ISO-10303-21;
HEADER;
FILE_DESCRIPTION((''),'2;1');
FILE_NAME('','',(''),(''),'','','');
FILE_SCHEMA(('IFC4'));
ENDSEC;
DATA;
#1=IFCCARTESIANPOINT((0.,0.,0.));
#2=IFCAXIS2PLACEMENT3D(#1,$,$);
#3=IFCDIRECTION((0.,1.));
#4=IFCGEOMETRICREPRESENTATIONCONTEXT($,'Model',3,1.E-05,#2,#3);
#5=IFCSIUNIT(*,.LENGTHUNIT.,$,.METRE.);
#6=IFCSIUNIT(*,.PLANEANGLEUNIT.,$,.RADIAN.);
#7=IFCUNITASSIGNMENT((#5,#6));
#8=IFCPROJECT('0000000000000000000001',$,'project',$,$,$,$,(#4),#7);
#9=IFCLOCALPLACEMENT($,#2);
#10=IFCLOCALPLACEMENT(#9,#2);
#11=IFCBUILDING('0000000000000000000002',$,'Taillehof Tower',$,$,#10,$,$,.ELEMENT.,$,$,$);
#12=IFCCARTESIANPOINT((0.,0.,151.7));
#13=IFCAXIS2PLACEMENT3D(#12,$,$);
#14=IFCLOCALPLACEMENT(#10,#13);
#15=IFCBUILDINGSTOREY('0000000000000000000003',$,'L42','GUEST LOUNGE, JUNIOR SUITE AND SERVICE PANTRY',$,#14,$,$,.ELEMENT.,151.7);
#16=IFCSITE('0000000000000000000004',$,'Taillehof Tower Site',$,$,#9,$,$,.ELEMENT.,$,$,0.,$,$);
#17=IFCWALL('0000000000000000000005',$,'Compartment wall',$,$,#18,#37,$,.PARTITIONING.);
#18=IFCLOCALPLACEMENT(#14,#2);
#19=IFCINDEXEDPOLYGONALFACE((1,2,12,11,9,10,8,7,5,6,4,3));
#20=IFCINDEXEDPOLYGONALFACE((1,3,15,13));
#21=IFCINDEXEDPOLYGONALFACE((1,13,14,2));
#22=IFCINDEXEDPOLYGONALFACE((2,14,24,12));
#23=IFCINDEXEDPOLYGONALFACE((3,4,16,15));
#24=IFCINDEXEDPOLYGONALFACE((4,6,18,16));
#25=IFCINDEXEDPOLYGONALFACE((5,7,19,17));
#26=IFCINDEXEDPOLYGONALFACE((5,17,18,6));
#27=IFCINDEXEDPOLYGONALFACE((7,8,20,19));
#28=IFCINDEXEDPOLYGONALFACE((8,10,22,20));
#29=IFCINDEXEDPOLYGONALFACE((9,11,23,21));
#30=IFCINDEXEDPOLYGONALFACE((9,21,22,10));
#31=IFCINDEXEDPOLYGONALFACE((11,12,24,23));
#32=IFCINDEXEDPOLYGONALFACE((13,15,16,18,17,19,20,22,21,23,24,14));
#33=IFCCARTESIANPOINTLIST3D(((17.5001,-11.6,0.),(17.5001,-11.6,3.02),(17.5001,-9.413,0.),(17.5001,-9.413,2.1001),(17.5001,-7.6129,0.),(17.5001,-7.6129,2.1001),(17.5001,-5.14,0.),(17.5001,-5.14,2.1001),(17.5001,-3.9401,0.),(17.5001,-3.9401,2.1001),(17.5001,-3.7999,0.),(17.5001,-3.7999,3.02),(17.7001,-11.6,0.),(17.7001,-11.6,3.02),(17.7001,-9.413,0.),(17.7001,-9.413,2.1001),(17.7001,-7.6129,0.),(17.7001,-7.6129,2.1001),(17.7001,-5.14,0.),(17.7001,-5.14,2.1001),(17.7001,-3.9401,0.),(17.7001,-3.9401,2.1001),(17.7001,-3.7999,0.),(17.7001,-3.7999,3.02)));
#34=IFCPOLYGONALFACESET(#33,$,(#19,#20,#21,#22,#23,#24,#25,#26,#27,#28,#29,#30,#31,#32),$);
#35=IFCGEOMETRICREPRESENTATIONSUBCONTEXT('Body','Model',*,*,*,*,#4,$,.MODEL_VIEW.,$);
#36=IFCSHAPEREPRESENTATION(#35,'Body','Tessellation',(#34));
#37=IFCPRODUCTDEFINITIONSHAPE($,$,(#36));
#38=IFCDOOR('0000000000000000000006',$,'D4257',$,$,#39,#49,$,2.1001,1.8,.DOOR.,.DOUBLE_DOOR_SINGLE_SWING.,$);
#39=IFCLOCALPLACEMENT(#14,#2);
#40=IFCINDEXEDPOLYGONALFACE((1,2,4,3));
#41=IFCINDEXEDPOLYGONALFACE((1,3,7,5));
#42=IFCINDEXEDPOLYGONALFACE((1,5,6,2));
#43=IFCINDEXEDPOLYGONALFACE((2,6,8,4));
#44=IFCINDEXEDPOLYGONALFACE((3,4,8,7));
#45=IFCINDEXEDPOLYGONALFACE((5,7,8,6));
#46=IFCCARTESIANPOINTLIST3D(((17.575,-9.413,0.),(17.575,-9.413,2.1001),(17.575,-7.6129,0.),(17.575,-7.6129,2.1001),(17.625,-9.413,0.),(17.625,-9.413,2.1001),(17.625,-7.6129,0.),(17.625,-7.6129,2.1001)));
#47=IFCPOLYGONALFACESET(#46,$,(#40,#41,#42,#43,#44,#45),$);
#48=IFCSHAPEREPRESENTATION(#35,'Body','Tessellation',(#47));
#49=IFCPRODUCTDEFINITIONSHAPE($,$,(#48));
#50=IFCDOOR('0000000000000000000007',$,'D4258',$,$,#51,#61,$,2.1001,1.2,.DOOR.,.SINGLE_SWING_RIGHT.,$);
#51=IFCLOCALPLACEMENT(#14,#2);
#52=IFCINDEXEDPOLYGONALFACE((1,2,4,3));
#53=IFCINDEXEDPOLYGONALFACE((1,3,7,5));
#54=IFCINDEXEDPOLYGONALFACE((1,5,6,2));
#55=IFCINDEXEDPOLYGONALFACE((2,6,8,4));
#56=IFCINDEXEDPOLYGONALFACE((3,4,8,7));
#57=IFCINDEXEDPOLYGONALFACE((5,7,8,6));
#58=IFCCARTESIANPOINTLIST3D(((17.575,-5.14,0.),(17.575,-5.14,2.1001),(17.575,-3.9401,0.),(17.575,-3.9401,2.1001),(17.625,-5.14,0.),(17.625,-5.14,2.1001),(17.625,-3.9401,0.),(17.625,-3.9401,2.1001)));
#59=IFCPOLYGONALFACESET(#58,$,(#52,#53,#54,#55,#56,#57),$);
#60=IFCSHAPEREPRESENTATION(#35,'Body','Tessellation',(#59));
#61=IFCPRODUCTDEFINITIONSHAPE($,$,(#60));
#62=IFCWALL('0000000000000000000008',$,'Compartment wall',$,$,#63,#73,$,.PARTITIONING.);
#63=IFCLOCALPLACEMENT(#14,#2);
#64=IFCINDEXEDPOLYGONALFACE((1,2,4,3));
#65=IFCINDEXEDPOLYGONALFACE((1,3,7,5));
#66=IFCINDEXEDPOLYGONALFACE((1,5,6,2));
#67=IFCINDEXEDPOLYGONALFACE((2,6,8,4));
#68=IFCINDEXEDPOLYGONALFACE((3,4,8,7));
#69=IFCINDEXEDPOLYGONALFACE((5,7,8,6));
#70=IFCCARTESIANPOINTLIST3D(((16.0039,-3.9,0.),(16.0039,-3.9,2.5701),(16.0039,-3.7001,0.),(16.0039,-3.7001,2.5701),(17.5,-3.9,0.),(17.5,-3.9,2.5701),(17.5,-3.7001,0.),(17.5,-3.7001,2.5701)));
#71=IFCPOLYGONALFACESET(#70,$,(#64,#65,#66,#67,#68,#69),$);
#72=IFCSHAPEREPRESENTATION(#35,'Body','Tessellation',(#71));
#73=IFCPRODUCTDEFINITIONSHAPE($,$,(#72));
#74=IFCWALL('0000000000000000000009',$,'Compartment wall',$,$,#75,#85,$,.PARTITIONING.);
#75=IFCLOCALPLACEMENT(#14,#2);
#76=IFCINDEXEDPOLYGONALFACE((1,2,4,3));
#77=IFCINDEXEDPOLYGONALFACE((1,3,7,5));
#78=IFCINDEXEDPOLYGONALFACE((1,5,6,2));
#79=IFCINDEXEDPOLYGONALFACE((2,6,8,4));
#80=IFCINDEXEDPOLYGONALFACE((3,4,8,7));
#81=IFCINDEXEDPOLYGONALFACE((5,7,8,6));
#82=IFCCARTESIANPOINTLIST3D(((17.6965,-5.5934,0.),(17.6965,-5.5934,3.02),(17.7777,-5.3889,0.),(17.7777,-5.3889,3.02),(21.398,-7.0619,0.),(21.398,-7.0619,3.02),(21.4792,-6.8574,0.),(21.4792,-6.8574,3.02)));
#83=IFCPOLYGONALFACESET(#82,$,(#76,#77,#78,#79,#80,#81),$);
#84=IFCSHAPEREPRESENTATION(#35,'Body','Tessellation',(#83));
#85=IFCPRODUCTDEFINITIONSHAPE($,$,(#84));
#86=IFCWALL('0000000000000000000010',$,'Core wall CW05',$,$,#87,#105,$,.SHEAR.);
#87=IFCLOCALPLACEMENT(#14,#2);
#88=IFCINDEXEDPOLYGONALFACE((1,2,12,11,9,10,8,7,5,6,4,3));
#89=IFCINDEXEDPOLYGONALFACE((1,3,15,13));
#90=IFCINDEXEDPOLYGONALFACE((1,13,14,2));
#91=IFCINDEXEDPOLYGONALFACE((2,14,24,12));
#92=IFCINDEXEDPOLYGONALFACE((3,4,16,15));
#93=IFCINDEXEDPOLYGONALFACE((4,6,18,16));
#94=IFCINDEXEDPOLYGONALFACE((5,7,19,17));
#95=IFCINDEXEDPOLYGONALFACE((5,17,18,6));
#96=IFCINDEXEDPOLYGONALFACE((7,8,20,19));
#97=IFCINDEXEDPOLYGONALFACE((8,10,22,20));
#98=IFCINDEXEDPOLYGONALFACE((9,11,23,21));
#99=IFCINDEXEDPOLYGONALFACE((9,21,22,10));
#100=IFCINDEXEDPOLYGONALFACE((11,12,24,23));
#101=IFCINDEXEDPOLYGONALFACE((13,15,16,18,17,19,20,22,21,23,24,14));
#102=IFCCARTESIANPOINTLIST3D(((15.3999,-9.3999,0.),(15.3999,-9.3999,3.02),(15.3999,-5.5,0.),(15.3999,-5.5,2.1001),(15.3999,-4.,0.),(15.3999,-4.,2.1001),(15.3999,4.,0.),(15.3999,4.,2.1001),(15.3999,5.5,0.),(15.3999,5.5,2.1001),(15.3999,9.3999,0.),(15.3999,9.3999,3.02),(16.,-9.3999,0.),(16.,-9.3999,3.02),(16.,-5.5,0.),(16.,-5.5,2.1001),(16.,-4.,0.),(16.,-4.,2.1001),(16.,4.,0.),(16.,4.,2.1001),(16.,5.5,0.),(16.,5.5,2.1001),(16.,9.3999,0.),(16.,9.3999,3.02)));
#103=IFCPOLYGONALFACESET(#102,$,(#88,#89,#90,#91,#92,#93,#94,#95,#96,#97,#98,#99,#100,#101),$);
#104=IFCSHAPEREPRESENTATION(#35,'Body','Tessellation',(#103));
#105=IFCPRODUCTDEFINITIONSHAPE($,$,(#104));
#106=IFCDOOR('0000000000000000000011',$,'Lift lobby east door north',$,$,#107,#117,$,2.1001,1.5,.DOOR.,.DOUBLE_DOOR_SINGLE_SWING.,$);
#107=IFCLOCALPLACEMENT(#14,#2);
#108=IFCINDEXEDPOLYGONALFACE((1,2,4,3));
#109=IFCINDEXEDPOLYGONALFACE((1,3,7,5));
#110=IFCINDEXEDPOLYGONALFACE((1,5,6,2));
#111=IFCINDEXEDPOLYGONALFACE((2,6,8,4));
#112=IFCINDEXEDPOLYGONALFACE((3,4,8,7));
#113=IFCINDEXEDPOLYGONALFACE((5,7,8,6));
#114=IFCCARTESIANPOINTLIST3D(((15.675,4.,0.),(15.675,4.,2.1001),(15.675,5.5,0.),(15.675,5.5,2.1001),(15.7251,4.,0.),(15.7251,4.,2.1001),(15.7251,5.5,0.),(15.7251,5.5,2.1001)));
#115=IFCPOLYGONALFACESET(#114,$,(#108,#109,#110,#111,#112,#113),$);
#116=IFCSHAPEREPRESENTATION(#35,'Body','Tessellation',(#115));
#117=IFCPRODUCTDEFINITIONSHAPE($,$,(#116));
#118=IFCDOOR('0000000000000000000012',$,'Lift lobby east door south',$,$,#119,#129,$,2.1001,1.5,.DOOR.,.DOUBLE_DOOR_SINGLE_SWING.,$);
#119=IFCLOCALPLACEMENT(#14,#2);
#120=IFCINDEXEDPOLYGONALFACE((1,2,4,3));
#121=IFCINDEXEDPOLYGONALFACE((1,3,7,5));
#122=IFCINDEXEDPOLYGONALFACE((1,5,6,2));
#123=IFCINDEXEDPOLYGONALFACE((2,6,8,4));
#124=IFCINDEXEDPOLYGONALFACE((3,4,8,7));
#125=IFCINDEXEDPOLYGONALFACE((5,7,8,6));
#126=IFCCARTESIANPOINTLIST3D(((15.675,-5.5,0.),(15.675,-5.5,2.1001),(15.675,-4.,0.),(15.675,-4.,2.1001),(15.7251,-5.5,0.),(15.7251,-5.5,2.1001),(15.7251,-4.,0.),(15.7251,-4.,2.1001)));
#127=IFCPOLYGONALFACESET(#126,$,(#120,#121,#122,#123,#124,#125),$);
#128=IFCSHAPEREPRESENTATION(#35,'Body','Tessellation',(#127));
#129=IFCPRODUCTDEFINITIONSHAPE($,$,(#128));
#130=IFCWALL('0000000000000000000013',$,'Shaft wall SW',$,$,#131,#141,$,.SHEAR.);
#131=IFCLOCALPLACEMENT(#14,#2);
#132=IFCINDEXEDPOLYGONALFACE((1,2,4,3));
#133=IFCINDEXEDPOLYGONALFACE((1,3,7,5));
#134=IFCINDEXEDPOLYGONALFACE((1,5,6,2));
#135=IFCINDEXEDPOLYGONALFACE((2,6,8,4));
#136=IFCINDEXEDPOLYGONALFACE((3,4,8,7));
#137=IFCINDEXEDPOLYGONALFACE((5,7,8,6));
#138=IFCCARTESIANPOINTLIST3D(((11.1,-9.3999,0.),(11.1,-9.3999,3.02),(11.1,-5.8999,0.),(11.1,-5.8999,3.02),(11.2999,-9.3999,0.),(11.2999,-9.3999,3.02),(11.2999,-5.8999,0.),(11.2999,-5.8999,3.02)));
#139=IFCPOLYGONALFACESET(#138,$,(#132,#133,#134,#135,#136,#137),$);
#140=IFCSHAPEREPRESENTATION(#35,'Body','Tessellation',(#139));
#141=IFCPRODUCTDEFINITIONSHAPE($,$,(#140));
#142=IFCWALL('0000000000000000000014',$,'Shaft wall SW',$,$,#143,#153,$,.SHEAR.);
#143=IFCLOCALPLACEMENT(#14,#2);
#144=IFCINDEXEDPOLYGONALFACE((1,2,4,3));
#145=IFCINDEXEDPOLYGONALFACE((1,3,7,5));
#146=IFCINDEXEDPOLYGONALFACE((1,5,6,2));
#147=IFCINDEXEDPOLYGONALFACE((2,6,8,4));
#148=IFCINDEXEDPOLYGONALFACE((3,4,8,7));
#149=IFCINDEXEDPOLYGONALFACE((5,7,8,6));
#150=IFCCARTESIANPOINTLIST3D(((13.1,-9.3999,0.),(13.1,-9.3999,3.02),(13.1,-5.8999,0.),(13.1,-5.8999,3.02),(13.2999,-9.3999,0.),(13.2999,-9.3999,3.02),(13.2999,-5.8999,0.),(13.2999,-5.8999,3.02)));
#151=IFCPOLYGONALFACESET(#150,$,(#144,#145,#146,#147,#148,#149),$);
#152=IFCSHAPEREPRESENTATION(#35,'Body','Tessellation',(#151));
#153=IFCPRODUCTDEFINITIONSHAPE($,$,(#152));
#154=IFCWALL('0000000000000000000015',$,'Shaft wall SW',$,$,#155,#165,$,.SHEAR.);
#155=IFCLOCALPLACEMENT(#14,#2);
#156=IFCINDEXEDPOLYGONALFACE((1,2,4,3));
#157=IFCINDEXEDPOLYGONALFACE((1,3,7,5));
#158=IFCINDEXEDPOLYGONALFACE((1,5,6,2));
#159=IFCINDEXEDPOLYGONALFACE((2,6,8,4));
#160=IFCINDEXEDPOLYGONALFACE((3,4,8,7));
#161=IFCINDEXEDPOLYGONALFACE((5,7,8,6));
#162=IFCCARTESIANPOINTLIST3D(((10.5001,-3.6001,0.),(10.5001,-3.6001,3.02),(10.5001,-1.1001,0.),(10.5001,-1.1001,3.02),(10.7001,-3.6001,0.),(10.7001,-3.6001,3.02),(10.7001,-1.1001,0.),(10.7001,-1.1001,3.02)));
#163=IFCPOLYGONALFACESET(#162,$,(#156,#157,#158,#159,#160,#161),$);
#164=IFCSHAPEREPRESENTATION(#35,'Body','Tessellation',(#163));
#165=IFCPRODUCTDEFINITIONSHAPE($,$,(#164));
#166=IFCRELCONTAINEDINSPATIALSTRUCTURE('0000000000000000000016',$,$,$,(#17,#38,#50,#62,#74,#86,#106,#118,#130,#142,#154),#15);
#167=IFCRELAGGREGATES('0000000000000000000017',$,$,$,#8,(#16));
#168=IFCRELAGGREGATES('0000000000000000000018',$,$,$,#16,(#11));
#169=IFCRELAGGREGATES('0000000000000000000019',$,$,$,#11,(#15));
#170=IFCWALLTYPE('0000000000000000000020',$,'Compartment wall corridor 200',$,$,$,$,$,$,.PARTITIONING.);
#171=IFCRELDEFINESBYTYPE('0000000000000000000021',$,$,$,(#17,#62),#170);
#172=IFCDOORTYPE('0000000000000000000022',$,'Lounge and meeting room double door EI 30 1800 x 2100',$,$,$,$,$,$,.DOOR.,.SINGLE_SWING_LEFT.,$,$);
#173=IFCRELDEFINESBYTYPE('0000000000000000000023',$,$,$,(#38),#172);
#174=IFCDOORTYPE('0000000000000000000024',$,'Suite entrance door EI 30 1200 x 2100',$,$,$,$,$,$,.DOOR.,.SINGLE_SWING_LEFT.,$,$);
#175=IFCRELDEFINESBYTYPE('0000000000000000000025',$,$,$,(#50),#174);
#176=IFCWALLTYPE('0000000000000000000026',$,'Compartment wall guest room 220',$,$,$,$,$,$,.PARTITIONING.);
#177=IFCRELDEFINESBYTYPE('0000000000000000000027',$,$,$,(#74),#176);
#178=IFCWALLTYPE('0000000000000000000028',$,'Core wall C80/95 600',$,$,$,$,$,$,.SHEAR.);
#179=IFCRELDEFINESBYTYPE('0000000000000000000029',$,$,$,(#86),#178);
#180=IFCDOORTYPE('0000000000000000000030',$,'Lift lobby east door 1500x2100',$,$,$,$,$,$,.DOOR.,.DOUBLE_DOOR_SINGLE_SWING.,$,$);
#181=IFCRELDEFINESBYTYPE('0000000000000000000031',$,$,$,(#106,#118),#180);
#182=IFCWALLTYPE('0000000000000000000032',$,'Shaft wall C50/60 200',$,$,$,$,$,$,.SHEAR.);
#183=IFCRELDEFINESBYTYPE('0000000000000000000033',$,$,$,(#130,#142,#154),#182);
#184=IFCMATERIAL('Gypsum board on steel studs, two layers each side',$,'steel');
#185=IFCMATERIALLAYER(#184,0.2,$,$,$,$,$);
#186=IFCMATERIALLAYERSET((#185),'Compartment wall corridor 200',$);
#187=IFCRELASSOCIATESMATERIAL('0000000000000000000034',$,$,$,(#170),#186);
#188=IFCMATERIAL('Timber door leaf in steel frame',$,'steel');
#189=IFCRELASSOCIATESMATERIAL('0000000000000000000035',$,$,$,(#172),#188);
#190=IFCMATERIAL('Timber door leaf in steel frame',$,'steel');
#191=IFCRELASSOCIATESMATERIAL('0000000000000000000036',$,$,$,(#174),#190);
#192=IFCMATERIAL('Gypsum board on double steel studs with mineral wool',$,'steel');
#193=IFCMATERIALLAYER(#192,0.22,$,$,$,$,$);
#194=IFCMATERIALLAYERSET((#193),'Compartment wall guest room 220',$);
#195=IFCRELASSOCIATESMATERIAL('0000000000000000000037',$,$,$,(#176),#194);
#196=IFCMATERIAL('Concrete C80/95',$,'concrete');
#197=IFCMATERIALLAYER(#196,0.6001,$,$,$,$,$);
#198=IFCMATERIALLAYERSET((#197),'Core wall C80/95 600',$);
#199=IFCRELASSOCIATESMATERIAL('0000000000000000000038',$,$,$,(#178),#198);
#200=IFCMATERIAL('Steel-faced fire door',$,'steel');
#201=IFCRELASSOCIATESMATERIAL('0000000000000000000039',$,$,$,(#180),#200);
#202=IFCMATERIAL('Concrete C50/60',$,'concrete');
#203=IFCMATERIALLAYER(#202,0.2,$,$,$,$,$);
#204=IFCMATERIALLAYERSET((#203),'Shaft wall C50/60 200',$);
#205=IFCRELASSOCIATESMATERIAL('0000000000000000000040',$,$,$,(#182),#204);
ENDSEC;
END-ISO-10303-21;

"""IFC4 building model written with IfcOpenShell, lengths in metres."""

from ifc_helpers import new_model, si_unit, direction, frame, frame_2d, origin, place, context, subcontext, project, spatial, rectangle, extrude, material, layer, layer_set, type_object, element, fill, save


model = new_model("IFC4")

# Units and contexts
model_context = context("Model", 3, precision=1e-05, world=origin(), true_north=direction((0.0, 1.0)))
body_context = subcontext(model_context, "Body", "Model", "MODEL_VIEW")
ifc_project = project(units=[si_unit("LENGTHUNIT", "METRE"), si_unit("PLANEANGLEUNIT", "RADIAN")], contexts=[model_context])

# Site, building, storey
site_placement = place(None, origin())
site = spatial("IfcSite", under=ifc_project, at=site_placement, Name="Taillehof Tower Site", CompositionType="ELEMENT", RefElevation=0.0)
building_placement = place(site_placement, origin())
building = spatial("IfcBuilding", under=site, at=building_placement, Name="Taillehof Tower", CompositionType="ELEMENT")
storey_placement = place(building_placement, frame((0.0, 0.0, 151.7)))
storey = spatial("IfcBuildingStorey", under=building, at=storey_placement, Name="L42", Description="GUEST LOUNGE, JUNIOR SUITE AND SERVICE PANTRY", CompositionType="ELEMENT", Elevation=151.7)

# Wall, openings, doors
ifc_material_1 = material(Name="Gypsum board on steel studs, two layers each side", Category="steel")
ifc_layer_1 = layer(ifc_material_1, 0.2)
ifc_layer_set_1 = layer_set([ifc_layer_1], Name="Compartment wall corridor 200")
wall_type_1 = type_object("IfcWallType", Name="Compartment wall corridor 200", PredefinedType="PARTITIONING", material=ifc_layer_set_1)
wall_1_placement = place(storey_placement, frame((17.6001, -3.8, 0.0), z_axis=(0.0, 0.0, 1.0), x_axis=(0.0, -1.0, 0.0)))
wall_1 = element("IfcWall", 1, at=wall_1_placement, inside=storey, type_object=wall_type_1, Name="Compartment wall", PredefinedType="PARTITIONING", context=body_context, shape_type="SweptSolid", body=[
    extrude(rectangle(XDim=7.8, YDim=0.2, at=frame_2d((3.8999, 0.0))), origin(), (0.0, 0.0, 1.0), 3.02),
])
opening_1_placement = place(wall_1_placement, frame((3.813, 0.0, 0.0)))
opening_1 = element("IfcOpeningElement", 2, at=opening_1_placement, cuts=wall_1, PredefinedType="OPENING", context=body_context, shape_type="SweptSolid", body=[
    extrude(rectangle(XDim=1.8, YDim=2.1001, at=frame_2d((0.8999, 1.05))), frame((0.0, 0.1099, 0.0), z_axis=(0.0, -1.0, 0.0), x_axis=(1.0, 0.0, 0.0)), (0.0, 0.0, 1.0), 0.22),
])
opening_2_placement = place(wall_1_placement, frame((0.1399, 0.0, 0.0)))
opening_2 = element("IfcOpeningElement", 3, at=opening_2_placement, cuts=wall_1, PredefinedType="OPENING", context=body_context, shape_type="SweptSolid", body=[
    extrude(rectangle(XDim=1.2, YDim=2.1001, at=frame_2d((0.6001, 1.05))), frame((0.0, 0.1099, 0.0), z_axis=(0.0, -1.0, 0.0), x_axis=(1.0, 0.0, 0.0)), (0.0, 0.0, 1.0), 0.22),
])
ifc_material_2 = material(Name="Timber door leaf in steel frame", Category="steel")
door_type_1 = type_object("IfcDoorType", Name="Lounge and meeting room double door EI 30 1800 x 2100", OperationType="SINGLE_SWING_LEFT", PredefinedType="DOOR", material=ifc_material_2)
door_1_placement = place(opening_1_placement, origin())
door_1 = element("IfcDoor", 4, at=door_1_placement, inside=storey, type_object=door_type_1, Name="D4257", OperationType="DOUBLE_DOOR_SINGLE_SWING", OverallHeight=2.1001, OverallWidth=1.8, PredefinedType="DOOR", context=body_context, shape_type="SweptSolid", body=[
    extrude(rectangle(XDim=1.8, YDim=2.1001, at=frame_2d((0.8999, 1.05))), frame((0.0, 0.0249, 0.0), z_axis=(0.0, -1.0, 0.0), x_axis=(1.0, 0.0, 0.0)), (0.0, 0.0, 1.0), 0.05),
])
fill(opening_1, door_1)
ifc_material_3 = material(Name="Timber door leaf in steel frame", Category="steel")
door_type_2 = type_object("IfcDoorType", Name="Suite entrance door EI 30 1200 x 2100", OperationType="SINGLE_SWING_LEFT", PredefinedType="DOOR", material=ifc_material_3)
door_2_placement = place(opening_2_placement, origin())
door_2 = element("IfcDoor", 5, at=door_2_placement, inside=storey, type_object=door_type_2, Name="D4258", OperationType="SINGLE_SWING_RIGHT", OverallHeight=2.1001, OverallWidth=1.2, PredefinedType="DOOR", context=body_context, shape_type="SweptSolid", body=[
    extrude(rectangle(XDim=1.2, YDim=2.1001, at=frame_2d((0.6001, 1.05))), frame((0.0, 0.0249, 0.0), z_axis=(0.0, -1.0, 0.0), x_axis=(1.0, 0.0, 0.0)), (0.0, 0.0, 1.0), 0.05),
])
fill(opening_2, door_2)

# Walls
wall_2_placement = place(storey_placement, frame((16.0039, -3.8, 0.0), z_axis=(0.0, 0.0, 1.0), x_axis=(1.0, 0.0, 0.0)))
element("IfcWall", 6, at=wall_2_placement, inside=storey, type_object=wall_type_1, Name="Compartment wall", PredefinedType="PARTITIONING", context=body_context, shape_type="SweptSolid", body=[
    extrude(rectangle(XDim=1.4961, YDim=0.2, at=frame_2d((0.748, 0.0))), origin(), (0.0, 0.0, 1.0), 2.5701),
])
ifc_material_4 = material(Name="Gypsum board on double steel studs with mineral wool", Category="steel")
ifc_layer_2 = layer(ifc_material_4, 0.22)
ifc_layer_set_2 = layer_set([ifc_layer_2], Name="Compartment wall guest room 220")
wall_type_2 = type_object("IfcWallType", Name="Compartment wall guest room 220", PredefinedType="PARTITIONING", material=ifc_layer_set_2)
wall_3_placement = place(storey_placement, frame((21.4387, -6.9597, 0.0), z_axis=(0.0, 0.0, 1.0), x_axis=(-0.929517, 0.368778, 0.0)))
element("IfcWall", 7, at=wall_3_placement, inside=storey, type_object=wall_type_2, Name="Compartment wall", PredefinedType="PARTITIONING", context=body_context, shape_type="SweptSolid", body=[
    extrude(rectangle(XDim=3.9822, YDim=0.22, at=frame_2d((1.9912, 0.0))), origin(), (0.0, 0.0, 1.0), 3.02),
])

# Wall, openings, doors
ifc_material_5 = material(Name="Concrete C80/95", Category="concrete")
ifc_layer_3 = layer(ifc_material_5, 0.6001)
ifc_layer_set_3 = layer_set([ifc_layer_3], Name="Core wall C80/95 600")
wall_type_3 = type_object("IfcWallType", Name="Core wall C80/95 600", PredefinedType="SHEAR", material=ifc_layer_set_3)
wall_4_placement = place(storey_placement, frame((15.7, -9.3999, 0.0), z_axis=(0.0, 0.0, 1.0), x_axis=(0.0, 1.0, 0.0)))
wall_4 = element("IfcWall", 8, at=wall_4_placement, inside=storey, type_object=wall_type_3, Name="Core wall CW05", PredefinedType="SHEAR", context=body_context, shape_type="SweptSolid", body=[
    extrude(rectangle(XDim=18.7998, YDim=0.6001, at=frame_2d((9.3999, 0.0))), origin(), (0.0, 0.0, 1.0), 3.02),
])
opening_3_placement = place(wall_4_placement, frame((13.3999, 0.0, 0.0)))
opening_3 = element("IfcOpeningElement", 9, at=opening_3_placement, cuts=wall_4, PredefinedType="OPENING", context=body_context, shape_type="SweptSolid", body=[
    extrude(rectangle(XDim=1.5, YDim=2.1001, at=frame_2d((0.75, 1.05))), frame((0.0, 0.3101, 0.0), z_axis=(0.0, -1.0, 0.0), x_axis=(1.0, 0.0, 0.0)), (0.0, 0.0, 1.0), 0.6201),
])
opening_4_placement = place(wall_4_placement, frame((3.8999, 0.0, 0.0)))
opening_4 = element("IfcOpeningElement", 10, at=opening_4_placement, cuts=wall_4, PredefinedType="OPENING", context=body_context, shape_type="SweptSolid", body=[
    extrude(rectangle(XDim=1.5, YDim=2.1001, at=frame_2d((0.75, 1.05))), frame((0.0, 0.3101, 0.0), z_axis=(0.0, -1.0, 0.0), x_axis=(1.0, 0.0, 0.0)), (0.0, 0.0, 1.0), 0.6201),
])
ifc_material_6 = material(Name="Steel-faced fire door", Category="steel")
door_type_3 = type_object("IfcDoorType", Name="Lift lobby east door 1500x2100", OperationType="DOUBLE_DOOR_SINGLE_SWING", PredefinedType="DOOR", material=ifc_material_6)
door_3_placement = place(opening_3_placement, origin())
door_3 = element("IfcDoor", 11, at=door_3_placement, inside=storey, type_object=door_type_3, Name="Lift lobby east door north", OperationType="DOUBLE_DOOR_SINGLE_SWING", OverallHeight=2.1001, OverallWidth=1.5, PredefinedType="DOOR", context=body_context, shape_type="SweptSolid", body=[
    extrude(rectangle(XDim=1.5, YDim=2.1001, at=frame_2d((0.75, 1.05))), frame((0.0, 0.0249, 0.0), z_axis=(0.0, -1.0, 0.0), x_axis=(1.0, 0.0, 0.0)), (0.0, 0.0, 1.0), 0.05),
])
fill(opening_3, door_3)
door_4_placement = place(opening_4_placement, origin())
door_4 = element("IfcDoor", 12, at=door_4_placement, inside=storey, type_object=door_type_3, Name="Lift lobby east door south", OperationType="DOUBLE_DOOR_SINGLE_SWING", OverallHeight=2.1001, OverallWidth=1.5, PredefinedType="DOOR", context=body_context, shape_type="SweptSolid", body=[
    extrude(rectangle(XDim=1.5, YDim=2.1001, at=frame_2d((0.75, 1.05))), frame((0.0, 0.0249, 0.0), z_axis=(0.0, -1.0, 0.0), x_axis=(1.0, 0.0, 0.0)), (0.0, 0.0, 1.0), 0.05),
])
fill(opening_4, door_4)

# Walls
ifc_material_7 = material(Name="Concrete C50/60", Category="concrete")
ifc_layer_4 = layer(ifc_material_7, 0.2)
ifc_layer_set_4 = layer_set([ifc_layer_4], Name="Shaft wall C50/60 200")
wall_type_4 = type_object("IfcWallType", Name="Shaft wall C50/60 200", PredefinedType="SHEAR", material=ifc_layer_set_4)
for number, where, z_axis, x_axis, name in (
    (13, (11.2, -9.3999, 0.0), (0.0, 0.0, 1.0), (0.0, 1.0, 0.0), "Shaft wall SW"),
    (14, (13.2, -9.3999, 0.0), (0.0, 0.0, 1.0), (0.0, 1.0, 0.0), "Shaft wall SW"),
):
    element("IfcWall", number, at=place(storey_placement, frame(where, z_axis=z_axis, x_axis=x_axis)), inside=storey, type_object=wall_type_4, Name=name, PredefinedType="SHEAR", context=body_context, shape_type="SweptSolid", body=[
        extrude(rectangle(XDim=3.5, YDim=0.2, at=frame_2d((1.75, 0.0))), origin(), (0.0, 0.0, 1.0), 3.02),
    ])
for number, where, z_axis, x_axis, name in (
    (15, (10.6001, -3.6001, 0.0), (0.0, 0.0, 1.0), (0.0, 1.0, 0.0), "Shaft wall SW"),
):
    element("IfcWall", number, at=place(storey_placement, frame(where, z_axis=z_axis, x_axis=x_axis)), inside=storey, type_object=wall_type_4, Name=name, PredefinedType="SHEAR", context=body_context, shape_type="SweptSolid", body=[
        extrude(rectangle(XDim=2.5, YDim=0.2, at=frame_2d((1.25, 0.0))), origin(), (0.0, 0.0, 1.0), 3.02),
    ])

save(model, "model.ifc")
